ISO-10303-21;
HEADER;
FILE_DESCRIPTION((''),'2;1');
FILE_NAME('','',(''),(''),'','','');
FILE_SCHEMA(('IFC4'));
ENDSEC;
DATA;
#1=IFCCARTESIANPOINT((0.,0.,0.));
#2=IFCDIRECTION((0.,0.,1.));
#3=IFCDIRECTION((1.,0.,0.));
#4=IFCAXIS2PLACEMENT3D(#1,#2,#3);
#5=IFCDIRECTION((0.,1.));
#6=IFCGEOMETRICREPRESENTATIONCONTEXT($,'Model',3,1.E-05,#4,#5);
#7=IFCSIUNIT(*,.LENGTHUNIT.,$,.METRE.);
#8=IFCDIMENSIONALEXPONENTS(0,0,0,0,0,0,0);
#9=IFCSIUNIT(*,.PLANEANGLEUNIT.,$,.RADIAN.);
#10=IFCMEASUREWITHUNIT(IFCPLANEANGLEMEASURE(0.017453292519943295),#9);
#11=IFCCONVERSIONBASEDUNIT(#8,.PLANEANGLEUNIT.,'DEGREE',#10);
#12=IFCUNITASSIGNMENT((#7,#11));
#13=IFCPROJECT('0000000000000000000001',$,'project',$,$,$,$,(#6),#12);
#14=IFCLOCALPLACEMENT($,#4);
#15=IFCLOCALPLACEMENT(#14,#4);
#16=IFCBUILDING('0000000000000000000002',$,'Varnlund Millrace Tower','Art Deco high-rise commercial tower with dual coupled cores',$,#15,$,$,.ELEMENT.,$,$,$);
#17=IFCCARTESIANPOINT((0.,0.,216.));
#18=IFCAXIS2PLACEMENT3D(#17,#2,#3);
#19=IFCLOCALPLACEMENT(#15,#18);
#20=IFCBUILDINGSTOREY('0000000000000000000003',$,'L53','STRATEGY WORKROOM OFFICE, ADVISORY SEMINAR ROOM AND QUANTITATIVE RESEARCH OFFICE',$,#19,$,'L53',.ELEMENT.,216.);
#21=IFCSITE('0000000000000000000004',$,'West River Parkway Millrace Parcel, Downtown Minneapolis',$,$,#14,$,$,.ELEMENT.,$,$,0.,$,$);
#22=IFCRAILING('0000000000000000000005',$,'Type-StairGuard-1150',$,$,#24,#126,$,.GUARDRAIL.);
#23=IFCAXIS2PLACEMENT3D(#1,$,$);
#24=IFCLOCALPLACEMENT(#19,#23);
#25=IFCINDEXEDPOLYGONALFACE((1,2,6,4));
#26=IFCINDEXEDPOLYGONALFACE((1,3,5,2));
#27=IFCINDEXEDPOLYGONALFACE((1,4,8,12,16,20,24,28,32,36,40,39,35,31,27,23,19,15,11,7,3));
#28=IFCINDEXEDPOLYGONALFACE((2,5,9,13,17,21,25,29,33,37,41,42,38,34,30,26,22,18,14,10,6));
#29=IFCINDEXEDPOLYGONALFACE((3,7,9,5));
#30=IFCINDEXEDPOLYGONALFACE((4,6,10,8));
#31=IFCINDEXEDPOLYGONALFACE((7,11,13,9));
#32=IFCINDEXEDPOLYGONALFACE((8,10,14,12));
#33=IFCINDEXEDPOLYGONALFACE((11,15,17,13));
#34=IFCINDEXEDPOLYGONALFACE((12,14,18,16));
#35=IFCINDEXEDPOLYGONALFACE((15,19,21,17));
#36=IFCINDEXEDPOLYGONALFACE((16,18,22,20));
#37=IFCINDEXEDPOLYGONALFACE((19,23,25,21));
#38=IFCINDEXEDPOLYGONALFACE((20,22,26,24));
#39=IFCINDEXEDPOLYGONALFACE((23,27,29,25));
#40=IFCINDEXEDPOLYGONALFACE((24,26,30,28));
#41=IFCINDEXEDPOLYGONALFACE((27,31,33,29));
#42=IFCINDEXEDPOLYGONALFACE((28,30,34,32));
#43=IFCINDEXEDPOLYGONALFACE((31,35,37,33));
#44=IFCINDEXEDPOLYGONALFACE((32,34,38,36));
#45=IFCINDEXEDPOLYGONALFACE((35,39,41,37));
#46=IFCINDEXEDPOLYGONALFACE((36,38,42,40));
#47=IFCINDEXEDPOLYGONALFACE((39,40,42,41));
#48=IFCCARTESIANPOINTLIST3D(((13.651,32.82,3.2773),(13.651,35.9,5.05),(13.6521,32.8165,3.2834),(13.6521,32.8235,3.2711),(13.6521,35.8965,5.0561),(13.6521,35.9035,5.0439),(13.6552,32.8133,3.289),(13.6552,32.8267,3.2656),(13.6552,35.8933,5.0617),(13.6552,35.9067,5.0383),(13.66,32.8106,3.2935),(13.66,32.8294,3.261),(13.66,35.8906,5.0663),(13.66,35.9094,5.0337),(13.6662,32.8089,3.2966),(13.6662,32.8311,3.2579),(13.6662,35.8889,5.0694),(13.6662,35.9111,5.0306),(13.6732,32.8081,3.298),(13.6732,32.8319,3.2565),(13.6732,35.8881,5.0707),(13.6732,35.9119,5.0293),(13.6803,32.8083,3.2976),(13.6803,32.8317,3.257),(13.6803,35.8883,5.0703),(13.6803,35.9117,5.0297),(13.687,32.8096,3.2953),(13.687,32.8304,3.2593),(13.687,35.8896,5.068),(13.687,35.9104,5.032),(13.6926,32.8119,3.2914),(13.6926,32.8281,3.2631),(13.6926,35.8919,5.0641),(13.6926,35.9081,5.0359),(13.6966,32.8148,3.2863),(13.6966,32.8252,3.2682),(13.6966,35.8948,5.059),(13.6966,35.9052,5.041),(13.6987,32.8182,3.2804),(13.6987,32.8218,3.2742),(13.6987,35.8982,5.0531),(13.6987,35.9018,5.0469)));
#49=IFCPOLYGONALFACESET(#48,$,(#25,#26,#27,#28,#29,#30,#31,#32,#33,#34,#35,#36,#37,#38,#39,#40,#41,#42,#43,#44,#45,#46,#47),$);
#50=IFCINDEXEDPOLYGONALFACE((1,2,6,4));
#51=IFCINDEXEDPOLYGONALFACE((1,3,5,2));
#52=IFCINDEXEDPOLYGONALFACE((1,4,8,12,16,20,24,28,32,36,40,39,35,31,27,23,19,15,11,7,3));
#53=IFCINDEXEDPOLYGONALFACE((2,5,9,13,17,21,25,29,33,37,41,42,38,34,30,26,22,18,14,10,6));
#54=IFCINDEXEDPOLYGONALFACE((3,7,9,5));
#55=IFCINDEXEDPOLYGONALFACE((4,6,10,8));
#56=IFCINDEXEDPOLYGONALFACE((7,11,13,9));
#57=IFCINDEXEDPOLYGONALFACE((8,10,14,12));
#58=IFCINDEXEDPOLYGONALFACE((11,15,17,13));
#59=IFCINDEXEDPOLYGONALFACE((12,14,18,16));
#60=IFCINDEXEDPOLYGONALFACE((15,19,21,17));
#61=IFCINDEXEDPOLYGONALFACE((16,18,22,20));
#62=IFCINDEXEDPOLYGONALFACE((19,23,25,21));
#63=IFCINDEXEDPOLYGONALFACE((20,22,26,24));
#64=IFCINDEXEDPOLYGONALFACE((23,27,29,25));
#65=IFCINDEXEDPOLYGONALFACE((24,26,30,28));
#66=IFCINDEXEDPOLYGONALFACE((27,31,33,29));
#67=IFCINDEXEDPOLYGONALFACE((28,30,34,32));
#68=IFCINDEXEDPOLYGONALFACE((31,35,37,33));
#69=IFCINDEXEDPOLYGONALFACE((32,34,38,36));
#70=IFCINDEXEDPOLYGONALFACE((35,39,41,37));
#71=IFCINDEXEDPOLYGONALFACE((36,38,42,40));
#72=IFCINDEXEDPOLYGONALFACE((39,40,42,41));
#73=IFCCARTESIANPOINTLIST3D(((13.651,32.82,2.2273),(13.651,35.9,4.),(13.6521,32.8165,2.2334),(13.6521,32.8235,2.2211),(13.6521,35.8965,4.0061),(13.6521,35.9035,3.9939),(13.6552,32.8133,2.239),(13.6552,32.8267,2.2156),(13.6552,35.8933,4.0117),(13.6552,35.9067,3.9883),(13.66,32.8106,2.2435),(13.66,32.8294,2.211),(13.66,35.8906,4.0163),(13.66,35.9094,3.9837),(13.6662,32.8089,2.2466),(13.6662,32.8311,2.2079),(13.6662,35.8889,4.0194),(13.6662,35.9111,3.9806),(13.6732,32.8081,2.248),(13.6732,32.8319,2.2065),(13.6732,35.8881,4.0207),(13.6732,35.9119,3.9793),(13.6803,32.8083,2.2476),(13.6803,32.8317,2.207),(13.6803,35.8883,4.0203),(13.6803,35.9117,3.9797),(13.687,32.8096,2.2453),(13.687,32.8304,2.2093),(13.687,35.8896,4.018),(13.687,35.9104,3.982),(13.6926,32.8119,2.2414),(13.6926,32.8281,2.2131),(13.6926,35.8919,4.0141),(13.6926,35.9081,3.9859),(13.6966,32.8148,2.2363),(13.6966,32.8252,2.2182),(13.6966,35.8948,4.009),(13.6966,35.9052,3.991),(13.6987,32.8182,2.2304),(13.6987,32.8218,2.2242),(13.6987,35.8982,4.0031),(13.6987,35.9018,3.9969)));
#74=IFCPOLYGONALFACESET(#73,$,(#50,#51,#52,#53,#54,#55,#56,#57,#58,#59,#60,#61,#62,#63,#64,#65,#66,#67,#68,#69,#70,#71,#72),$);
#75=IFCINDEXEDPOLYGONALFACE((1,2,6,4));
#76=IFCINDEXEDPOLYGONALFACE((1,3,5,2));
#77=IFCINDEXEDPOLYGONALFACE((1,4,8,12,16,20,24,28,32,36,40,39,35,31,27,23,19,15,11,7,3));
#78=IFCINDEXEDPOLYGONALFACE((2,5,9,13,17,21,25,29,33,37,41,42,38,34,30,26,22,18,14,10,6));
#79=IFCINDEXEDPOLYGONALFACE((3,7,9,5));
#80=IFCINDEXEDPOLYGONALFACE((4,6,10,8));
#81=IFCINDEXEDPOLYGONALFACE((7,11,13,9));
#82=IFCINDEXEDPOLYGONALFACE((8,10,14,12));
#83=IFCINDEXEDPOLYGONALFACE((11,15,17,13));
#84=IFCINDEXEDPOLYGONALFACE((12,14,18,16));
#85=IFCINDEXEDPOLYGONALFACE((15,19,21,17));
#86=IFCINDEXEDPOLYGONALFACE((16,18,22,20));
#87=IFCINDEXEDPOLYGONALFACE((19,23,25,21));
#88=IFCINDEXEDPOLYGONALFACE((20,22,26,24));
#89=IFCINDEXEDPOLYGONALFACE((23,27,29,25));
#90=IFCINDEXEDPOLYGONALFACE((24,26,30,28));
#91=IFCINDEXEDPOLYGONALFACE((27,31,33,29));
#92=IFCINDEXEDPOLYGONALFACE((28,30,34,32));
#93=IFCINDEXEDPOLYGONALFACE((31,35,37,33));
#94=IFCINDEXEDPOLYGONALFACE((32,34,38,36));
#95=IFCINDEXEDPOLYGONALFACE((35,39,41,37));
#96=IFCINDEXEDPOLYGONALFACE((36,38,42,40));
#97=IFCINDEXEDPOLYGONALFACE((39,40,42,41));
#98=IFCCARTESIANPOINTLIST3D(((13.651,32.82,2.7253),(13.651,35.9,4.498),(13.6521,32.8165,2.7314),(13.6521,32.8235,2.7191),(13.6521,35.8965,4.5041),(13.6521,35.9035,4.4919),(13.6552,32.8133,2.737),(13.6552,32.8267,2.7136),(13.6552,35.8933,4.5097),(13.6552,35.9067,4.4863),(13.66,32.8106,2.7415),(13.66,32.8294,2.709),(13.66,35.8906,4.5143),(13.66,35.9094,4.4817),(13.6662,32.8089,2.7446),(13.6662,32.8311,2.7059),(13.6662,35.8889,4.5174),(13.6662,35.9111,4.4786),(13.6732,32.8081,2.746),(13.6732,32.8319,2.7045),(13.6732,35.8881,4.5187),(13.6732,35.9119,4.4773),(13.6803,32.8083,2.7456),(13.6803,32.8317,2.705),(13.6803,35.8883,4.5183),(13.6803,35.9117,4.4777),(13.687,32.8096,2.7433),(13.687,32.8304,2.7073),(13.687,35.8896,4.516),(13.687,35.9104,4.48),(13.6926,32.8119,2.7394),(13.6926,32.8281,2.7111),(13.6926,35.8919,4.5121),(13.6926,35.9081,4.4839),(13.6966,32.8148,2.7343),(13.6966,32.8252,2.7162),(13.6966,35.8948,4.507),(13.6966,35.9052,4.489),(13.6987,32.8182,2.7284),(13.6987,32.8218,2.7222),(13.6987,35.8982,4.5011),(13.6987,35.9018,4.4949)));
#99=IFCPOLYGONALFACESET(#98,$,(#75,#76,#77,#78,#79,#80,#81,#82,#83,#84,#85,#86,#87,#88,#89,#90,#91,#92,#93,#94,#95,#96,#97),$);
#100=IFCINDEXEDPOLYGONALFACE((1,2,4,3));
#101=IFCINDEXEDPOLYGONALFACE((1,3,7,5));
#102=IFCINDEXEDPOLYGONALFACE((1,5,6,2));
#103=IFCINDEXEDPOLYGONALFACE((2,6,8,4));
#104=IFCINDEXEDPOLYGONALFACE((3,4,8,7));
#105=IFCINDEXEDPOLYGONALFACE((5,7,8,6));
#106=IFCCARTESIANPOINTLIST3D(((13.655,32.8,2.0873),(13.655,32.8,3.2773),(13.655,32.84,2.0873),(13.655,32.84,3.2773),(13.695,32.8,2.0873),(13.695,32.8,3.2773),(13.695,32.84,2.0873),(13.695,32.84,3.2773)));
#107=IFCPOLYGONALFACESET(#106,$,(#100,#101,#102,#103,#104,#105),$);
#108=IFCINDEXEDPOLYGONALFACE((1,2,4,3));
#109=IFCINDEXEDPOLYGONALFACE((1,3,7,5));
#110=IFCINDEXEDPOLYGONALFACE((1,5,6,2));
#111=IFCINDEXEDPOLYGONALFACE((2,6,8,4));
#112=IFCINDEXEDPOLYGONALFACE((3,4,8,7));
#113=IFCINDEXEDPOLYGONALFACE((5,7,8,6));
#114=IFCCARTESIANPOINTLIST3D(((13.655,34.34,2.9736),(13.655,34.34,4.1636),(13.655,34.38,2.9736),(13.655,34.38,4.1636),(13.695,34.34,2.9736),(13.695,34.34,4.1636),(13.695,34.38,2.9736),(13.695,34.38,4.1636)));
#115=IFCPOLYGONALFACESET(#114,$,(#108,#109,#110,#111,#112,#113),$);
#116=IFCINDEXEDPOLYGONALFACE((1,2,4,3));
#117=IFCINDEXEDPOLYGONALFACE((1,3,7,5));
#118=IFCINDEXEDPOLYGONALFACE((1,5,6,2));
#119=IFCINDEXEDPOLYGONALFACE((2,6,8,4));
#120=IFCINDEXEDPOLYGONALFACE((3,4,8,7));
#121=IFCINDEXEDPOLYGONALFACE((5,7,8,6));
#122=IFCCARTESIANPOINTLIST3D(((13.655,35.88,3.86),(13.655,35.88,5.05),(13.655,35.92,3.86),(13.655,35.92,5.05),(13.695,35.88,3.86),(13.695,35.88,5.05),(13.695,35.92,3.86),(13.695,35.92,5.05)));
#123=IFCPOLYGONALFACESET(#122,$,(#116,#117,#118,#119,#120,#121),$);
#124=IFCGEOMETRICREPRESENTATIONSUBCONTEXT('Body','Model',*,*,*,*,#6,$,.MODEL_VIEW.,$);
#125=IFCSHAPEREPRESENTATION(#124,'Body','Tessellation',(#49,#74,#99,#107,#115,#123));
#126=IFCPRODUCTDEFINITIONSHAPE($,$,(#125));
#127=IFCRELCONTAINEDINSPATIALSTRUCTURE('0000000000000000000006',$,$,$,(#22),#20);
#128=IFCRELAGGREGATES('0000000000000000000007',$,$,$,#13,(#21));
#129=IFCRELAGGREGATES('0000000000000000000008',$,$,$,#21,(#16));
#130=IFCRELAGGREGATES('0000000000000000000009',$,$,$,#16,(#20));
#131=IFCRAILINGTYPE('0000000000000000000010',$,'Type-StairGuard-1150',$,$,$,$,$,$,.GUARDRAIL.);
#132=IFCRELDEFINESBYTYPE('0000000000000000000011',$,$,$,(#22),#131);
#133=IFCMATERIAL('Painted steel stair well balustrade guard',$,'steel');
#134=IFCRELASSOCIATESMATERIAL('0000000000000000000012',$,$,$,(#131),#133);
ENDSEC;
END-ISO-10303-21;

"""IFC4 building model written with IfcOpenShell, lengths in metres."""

from ifc_helpers import new_model, entity, si_unit, converted_unit, direction, frame, origin_with_axes, origin_2d_with_axis, place, context, subcontext, project, spatial, rectangle, circle, extrude, material, type_object, element, save


model = new_model("IFC4")

# Units and contexts
model_context = context("Model", 3, precision=1e-05, world=origin_with_axes(), true_north=direction((0.0, 1.0)))
body_context = subcontext(model_context, "Body", "Model", "MODEL_VIEW")
ifc_project = project(units=[si_unit("LENGTHUNIT", "METRE"), converted_unit("PLANEANGLEUNIT", "DEGREE", entity("IfcPlaneAngleMeasure", 0.017453292519943295), si_unit("PLANEANGLEUNIT", "RADIAN"), dimensions=[0, 0, 0, 0, 0, 0, 0])], contexts=[model_context])

# Site, building, storey
site_placement = place(None, origin_with_axes())
site = spatial("IfcSite", under=ifc_project, at=site_placement, Name="West River Parkway Millrace Parcel, Downtown Minneapolis", CompositionType="ELEMENT", RefElevation=0.0)
building_placement = place(site_placement, origin_with_axes())
building = spatial("IfcBuilding", under=site, at=building_placement, Name="Varnlund Millrace Tower", Description="Art Deco high-rise commercial tower with dual coupled cores", CompositionType="ELEMENT")
storey_placement = place(building_placement, frame((0.0, 0.0, 216.0), z_axis=(0.0, 0.0, 1.0), x_axis=(1.0, 0.0, 0.0)))
storey = spatial("IfcBuildingStorey", under=building, at=storey_placement, Name="L53", Description="STRATEGY WORKROOM OFFICE, ADVISORY SEMINAR ROOM AND QUANTITATIVE RESEARCH OFFICE", LongName="L53", CompositionType="ELEMENT", Elevation=216.0)

# Railing
ifc_material_1 = material(Name="Painted steel stair well balustrade guard", Category="steel")
railing_type_1 = type_object("IfcRailingType", Name="Type-StairGuard-1150", PredefinedType="GUARDRAIL", material=ifc_material_1)
railing_1_placement = place(storey_placement, frame((0.0, 0.0, -216.0), z_axis=(0.0, 0.0, 1.0), x_axis=(1.0, 0.0, 0.0)))
element("IfcRailing", 1, at=railing_1_placement, inside=storey, type_object=railing_type_1, Name="Type-StairGuard-1150", PredefinedType="GUARDRAIL", context=body_context, shape_type="SweptSolid", body=[
    extrude(circle(Radius=0.024, at=origin_2d_with_axis()), frame((13.675, 32.82, 219.2773), z_axis=(0.0, 0.866696, 0.498836), x_axis=(-1.0, 0.0, 0.0)), (0.0, 0.0, 1.0), 3.5537),
    extrude(circle(Radius=0.024, at=origin_2d_with_axis()), frame((13.675, 32.82, 218.2273), z_axis=(0.0, 0.866696, 0.498836), x_axis=(-1.0, 0.0, 0.0)), (0.0, 0.0, 1.0), 3.5537),
    extrude(circle(Radius=0.024, at=origin_2d_with_axis()), frame((13.675, 32.82, 218.7253), z_axis=(0.0, 0.866696, 0.498836), x_axis=(-1.0, 0.0, 0.0)), (0.0, 0.0, 1.0), 3.5537),
    extrude(rectangle(XDim=0.04, YDim=0.04, at=origin_2d_with_axis()), frame((13.675, 32.82, 218.0873), z_axis=(0.0, 0.0, 1.0), x_axis=(1.0, 0.0, 0.0)), (0.0, 0.0, 1.0), 1.19),
    extrude(rectangle(XDim=0.04, YDim=0.04, at=origin_2d_with_axis()), frame((13.675, 34.36, 218.9736), z_axis=(0.0, 0.0, 1.0), x_axis=(1.0, 0.0, 0.0)), (0.0, 0.0, 1.0), 1.19),
    extrude(rectangle(XDim=0.04, YDim=0.04, at=origin_2d_with_axis()), frame((13.675, 35.9, 219.86), z_axis=(0.0, 0.0, 1.0), x_axis=(1.0, 0.0, 0.0)), (0.0, 0.0, 1.0), 1.19),
])

save(model, "model.ifc")
